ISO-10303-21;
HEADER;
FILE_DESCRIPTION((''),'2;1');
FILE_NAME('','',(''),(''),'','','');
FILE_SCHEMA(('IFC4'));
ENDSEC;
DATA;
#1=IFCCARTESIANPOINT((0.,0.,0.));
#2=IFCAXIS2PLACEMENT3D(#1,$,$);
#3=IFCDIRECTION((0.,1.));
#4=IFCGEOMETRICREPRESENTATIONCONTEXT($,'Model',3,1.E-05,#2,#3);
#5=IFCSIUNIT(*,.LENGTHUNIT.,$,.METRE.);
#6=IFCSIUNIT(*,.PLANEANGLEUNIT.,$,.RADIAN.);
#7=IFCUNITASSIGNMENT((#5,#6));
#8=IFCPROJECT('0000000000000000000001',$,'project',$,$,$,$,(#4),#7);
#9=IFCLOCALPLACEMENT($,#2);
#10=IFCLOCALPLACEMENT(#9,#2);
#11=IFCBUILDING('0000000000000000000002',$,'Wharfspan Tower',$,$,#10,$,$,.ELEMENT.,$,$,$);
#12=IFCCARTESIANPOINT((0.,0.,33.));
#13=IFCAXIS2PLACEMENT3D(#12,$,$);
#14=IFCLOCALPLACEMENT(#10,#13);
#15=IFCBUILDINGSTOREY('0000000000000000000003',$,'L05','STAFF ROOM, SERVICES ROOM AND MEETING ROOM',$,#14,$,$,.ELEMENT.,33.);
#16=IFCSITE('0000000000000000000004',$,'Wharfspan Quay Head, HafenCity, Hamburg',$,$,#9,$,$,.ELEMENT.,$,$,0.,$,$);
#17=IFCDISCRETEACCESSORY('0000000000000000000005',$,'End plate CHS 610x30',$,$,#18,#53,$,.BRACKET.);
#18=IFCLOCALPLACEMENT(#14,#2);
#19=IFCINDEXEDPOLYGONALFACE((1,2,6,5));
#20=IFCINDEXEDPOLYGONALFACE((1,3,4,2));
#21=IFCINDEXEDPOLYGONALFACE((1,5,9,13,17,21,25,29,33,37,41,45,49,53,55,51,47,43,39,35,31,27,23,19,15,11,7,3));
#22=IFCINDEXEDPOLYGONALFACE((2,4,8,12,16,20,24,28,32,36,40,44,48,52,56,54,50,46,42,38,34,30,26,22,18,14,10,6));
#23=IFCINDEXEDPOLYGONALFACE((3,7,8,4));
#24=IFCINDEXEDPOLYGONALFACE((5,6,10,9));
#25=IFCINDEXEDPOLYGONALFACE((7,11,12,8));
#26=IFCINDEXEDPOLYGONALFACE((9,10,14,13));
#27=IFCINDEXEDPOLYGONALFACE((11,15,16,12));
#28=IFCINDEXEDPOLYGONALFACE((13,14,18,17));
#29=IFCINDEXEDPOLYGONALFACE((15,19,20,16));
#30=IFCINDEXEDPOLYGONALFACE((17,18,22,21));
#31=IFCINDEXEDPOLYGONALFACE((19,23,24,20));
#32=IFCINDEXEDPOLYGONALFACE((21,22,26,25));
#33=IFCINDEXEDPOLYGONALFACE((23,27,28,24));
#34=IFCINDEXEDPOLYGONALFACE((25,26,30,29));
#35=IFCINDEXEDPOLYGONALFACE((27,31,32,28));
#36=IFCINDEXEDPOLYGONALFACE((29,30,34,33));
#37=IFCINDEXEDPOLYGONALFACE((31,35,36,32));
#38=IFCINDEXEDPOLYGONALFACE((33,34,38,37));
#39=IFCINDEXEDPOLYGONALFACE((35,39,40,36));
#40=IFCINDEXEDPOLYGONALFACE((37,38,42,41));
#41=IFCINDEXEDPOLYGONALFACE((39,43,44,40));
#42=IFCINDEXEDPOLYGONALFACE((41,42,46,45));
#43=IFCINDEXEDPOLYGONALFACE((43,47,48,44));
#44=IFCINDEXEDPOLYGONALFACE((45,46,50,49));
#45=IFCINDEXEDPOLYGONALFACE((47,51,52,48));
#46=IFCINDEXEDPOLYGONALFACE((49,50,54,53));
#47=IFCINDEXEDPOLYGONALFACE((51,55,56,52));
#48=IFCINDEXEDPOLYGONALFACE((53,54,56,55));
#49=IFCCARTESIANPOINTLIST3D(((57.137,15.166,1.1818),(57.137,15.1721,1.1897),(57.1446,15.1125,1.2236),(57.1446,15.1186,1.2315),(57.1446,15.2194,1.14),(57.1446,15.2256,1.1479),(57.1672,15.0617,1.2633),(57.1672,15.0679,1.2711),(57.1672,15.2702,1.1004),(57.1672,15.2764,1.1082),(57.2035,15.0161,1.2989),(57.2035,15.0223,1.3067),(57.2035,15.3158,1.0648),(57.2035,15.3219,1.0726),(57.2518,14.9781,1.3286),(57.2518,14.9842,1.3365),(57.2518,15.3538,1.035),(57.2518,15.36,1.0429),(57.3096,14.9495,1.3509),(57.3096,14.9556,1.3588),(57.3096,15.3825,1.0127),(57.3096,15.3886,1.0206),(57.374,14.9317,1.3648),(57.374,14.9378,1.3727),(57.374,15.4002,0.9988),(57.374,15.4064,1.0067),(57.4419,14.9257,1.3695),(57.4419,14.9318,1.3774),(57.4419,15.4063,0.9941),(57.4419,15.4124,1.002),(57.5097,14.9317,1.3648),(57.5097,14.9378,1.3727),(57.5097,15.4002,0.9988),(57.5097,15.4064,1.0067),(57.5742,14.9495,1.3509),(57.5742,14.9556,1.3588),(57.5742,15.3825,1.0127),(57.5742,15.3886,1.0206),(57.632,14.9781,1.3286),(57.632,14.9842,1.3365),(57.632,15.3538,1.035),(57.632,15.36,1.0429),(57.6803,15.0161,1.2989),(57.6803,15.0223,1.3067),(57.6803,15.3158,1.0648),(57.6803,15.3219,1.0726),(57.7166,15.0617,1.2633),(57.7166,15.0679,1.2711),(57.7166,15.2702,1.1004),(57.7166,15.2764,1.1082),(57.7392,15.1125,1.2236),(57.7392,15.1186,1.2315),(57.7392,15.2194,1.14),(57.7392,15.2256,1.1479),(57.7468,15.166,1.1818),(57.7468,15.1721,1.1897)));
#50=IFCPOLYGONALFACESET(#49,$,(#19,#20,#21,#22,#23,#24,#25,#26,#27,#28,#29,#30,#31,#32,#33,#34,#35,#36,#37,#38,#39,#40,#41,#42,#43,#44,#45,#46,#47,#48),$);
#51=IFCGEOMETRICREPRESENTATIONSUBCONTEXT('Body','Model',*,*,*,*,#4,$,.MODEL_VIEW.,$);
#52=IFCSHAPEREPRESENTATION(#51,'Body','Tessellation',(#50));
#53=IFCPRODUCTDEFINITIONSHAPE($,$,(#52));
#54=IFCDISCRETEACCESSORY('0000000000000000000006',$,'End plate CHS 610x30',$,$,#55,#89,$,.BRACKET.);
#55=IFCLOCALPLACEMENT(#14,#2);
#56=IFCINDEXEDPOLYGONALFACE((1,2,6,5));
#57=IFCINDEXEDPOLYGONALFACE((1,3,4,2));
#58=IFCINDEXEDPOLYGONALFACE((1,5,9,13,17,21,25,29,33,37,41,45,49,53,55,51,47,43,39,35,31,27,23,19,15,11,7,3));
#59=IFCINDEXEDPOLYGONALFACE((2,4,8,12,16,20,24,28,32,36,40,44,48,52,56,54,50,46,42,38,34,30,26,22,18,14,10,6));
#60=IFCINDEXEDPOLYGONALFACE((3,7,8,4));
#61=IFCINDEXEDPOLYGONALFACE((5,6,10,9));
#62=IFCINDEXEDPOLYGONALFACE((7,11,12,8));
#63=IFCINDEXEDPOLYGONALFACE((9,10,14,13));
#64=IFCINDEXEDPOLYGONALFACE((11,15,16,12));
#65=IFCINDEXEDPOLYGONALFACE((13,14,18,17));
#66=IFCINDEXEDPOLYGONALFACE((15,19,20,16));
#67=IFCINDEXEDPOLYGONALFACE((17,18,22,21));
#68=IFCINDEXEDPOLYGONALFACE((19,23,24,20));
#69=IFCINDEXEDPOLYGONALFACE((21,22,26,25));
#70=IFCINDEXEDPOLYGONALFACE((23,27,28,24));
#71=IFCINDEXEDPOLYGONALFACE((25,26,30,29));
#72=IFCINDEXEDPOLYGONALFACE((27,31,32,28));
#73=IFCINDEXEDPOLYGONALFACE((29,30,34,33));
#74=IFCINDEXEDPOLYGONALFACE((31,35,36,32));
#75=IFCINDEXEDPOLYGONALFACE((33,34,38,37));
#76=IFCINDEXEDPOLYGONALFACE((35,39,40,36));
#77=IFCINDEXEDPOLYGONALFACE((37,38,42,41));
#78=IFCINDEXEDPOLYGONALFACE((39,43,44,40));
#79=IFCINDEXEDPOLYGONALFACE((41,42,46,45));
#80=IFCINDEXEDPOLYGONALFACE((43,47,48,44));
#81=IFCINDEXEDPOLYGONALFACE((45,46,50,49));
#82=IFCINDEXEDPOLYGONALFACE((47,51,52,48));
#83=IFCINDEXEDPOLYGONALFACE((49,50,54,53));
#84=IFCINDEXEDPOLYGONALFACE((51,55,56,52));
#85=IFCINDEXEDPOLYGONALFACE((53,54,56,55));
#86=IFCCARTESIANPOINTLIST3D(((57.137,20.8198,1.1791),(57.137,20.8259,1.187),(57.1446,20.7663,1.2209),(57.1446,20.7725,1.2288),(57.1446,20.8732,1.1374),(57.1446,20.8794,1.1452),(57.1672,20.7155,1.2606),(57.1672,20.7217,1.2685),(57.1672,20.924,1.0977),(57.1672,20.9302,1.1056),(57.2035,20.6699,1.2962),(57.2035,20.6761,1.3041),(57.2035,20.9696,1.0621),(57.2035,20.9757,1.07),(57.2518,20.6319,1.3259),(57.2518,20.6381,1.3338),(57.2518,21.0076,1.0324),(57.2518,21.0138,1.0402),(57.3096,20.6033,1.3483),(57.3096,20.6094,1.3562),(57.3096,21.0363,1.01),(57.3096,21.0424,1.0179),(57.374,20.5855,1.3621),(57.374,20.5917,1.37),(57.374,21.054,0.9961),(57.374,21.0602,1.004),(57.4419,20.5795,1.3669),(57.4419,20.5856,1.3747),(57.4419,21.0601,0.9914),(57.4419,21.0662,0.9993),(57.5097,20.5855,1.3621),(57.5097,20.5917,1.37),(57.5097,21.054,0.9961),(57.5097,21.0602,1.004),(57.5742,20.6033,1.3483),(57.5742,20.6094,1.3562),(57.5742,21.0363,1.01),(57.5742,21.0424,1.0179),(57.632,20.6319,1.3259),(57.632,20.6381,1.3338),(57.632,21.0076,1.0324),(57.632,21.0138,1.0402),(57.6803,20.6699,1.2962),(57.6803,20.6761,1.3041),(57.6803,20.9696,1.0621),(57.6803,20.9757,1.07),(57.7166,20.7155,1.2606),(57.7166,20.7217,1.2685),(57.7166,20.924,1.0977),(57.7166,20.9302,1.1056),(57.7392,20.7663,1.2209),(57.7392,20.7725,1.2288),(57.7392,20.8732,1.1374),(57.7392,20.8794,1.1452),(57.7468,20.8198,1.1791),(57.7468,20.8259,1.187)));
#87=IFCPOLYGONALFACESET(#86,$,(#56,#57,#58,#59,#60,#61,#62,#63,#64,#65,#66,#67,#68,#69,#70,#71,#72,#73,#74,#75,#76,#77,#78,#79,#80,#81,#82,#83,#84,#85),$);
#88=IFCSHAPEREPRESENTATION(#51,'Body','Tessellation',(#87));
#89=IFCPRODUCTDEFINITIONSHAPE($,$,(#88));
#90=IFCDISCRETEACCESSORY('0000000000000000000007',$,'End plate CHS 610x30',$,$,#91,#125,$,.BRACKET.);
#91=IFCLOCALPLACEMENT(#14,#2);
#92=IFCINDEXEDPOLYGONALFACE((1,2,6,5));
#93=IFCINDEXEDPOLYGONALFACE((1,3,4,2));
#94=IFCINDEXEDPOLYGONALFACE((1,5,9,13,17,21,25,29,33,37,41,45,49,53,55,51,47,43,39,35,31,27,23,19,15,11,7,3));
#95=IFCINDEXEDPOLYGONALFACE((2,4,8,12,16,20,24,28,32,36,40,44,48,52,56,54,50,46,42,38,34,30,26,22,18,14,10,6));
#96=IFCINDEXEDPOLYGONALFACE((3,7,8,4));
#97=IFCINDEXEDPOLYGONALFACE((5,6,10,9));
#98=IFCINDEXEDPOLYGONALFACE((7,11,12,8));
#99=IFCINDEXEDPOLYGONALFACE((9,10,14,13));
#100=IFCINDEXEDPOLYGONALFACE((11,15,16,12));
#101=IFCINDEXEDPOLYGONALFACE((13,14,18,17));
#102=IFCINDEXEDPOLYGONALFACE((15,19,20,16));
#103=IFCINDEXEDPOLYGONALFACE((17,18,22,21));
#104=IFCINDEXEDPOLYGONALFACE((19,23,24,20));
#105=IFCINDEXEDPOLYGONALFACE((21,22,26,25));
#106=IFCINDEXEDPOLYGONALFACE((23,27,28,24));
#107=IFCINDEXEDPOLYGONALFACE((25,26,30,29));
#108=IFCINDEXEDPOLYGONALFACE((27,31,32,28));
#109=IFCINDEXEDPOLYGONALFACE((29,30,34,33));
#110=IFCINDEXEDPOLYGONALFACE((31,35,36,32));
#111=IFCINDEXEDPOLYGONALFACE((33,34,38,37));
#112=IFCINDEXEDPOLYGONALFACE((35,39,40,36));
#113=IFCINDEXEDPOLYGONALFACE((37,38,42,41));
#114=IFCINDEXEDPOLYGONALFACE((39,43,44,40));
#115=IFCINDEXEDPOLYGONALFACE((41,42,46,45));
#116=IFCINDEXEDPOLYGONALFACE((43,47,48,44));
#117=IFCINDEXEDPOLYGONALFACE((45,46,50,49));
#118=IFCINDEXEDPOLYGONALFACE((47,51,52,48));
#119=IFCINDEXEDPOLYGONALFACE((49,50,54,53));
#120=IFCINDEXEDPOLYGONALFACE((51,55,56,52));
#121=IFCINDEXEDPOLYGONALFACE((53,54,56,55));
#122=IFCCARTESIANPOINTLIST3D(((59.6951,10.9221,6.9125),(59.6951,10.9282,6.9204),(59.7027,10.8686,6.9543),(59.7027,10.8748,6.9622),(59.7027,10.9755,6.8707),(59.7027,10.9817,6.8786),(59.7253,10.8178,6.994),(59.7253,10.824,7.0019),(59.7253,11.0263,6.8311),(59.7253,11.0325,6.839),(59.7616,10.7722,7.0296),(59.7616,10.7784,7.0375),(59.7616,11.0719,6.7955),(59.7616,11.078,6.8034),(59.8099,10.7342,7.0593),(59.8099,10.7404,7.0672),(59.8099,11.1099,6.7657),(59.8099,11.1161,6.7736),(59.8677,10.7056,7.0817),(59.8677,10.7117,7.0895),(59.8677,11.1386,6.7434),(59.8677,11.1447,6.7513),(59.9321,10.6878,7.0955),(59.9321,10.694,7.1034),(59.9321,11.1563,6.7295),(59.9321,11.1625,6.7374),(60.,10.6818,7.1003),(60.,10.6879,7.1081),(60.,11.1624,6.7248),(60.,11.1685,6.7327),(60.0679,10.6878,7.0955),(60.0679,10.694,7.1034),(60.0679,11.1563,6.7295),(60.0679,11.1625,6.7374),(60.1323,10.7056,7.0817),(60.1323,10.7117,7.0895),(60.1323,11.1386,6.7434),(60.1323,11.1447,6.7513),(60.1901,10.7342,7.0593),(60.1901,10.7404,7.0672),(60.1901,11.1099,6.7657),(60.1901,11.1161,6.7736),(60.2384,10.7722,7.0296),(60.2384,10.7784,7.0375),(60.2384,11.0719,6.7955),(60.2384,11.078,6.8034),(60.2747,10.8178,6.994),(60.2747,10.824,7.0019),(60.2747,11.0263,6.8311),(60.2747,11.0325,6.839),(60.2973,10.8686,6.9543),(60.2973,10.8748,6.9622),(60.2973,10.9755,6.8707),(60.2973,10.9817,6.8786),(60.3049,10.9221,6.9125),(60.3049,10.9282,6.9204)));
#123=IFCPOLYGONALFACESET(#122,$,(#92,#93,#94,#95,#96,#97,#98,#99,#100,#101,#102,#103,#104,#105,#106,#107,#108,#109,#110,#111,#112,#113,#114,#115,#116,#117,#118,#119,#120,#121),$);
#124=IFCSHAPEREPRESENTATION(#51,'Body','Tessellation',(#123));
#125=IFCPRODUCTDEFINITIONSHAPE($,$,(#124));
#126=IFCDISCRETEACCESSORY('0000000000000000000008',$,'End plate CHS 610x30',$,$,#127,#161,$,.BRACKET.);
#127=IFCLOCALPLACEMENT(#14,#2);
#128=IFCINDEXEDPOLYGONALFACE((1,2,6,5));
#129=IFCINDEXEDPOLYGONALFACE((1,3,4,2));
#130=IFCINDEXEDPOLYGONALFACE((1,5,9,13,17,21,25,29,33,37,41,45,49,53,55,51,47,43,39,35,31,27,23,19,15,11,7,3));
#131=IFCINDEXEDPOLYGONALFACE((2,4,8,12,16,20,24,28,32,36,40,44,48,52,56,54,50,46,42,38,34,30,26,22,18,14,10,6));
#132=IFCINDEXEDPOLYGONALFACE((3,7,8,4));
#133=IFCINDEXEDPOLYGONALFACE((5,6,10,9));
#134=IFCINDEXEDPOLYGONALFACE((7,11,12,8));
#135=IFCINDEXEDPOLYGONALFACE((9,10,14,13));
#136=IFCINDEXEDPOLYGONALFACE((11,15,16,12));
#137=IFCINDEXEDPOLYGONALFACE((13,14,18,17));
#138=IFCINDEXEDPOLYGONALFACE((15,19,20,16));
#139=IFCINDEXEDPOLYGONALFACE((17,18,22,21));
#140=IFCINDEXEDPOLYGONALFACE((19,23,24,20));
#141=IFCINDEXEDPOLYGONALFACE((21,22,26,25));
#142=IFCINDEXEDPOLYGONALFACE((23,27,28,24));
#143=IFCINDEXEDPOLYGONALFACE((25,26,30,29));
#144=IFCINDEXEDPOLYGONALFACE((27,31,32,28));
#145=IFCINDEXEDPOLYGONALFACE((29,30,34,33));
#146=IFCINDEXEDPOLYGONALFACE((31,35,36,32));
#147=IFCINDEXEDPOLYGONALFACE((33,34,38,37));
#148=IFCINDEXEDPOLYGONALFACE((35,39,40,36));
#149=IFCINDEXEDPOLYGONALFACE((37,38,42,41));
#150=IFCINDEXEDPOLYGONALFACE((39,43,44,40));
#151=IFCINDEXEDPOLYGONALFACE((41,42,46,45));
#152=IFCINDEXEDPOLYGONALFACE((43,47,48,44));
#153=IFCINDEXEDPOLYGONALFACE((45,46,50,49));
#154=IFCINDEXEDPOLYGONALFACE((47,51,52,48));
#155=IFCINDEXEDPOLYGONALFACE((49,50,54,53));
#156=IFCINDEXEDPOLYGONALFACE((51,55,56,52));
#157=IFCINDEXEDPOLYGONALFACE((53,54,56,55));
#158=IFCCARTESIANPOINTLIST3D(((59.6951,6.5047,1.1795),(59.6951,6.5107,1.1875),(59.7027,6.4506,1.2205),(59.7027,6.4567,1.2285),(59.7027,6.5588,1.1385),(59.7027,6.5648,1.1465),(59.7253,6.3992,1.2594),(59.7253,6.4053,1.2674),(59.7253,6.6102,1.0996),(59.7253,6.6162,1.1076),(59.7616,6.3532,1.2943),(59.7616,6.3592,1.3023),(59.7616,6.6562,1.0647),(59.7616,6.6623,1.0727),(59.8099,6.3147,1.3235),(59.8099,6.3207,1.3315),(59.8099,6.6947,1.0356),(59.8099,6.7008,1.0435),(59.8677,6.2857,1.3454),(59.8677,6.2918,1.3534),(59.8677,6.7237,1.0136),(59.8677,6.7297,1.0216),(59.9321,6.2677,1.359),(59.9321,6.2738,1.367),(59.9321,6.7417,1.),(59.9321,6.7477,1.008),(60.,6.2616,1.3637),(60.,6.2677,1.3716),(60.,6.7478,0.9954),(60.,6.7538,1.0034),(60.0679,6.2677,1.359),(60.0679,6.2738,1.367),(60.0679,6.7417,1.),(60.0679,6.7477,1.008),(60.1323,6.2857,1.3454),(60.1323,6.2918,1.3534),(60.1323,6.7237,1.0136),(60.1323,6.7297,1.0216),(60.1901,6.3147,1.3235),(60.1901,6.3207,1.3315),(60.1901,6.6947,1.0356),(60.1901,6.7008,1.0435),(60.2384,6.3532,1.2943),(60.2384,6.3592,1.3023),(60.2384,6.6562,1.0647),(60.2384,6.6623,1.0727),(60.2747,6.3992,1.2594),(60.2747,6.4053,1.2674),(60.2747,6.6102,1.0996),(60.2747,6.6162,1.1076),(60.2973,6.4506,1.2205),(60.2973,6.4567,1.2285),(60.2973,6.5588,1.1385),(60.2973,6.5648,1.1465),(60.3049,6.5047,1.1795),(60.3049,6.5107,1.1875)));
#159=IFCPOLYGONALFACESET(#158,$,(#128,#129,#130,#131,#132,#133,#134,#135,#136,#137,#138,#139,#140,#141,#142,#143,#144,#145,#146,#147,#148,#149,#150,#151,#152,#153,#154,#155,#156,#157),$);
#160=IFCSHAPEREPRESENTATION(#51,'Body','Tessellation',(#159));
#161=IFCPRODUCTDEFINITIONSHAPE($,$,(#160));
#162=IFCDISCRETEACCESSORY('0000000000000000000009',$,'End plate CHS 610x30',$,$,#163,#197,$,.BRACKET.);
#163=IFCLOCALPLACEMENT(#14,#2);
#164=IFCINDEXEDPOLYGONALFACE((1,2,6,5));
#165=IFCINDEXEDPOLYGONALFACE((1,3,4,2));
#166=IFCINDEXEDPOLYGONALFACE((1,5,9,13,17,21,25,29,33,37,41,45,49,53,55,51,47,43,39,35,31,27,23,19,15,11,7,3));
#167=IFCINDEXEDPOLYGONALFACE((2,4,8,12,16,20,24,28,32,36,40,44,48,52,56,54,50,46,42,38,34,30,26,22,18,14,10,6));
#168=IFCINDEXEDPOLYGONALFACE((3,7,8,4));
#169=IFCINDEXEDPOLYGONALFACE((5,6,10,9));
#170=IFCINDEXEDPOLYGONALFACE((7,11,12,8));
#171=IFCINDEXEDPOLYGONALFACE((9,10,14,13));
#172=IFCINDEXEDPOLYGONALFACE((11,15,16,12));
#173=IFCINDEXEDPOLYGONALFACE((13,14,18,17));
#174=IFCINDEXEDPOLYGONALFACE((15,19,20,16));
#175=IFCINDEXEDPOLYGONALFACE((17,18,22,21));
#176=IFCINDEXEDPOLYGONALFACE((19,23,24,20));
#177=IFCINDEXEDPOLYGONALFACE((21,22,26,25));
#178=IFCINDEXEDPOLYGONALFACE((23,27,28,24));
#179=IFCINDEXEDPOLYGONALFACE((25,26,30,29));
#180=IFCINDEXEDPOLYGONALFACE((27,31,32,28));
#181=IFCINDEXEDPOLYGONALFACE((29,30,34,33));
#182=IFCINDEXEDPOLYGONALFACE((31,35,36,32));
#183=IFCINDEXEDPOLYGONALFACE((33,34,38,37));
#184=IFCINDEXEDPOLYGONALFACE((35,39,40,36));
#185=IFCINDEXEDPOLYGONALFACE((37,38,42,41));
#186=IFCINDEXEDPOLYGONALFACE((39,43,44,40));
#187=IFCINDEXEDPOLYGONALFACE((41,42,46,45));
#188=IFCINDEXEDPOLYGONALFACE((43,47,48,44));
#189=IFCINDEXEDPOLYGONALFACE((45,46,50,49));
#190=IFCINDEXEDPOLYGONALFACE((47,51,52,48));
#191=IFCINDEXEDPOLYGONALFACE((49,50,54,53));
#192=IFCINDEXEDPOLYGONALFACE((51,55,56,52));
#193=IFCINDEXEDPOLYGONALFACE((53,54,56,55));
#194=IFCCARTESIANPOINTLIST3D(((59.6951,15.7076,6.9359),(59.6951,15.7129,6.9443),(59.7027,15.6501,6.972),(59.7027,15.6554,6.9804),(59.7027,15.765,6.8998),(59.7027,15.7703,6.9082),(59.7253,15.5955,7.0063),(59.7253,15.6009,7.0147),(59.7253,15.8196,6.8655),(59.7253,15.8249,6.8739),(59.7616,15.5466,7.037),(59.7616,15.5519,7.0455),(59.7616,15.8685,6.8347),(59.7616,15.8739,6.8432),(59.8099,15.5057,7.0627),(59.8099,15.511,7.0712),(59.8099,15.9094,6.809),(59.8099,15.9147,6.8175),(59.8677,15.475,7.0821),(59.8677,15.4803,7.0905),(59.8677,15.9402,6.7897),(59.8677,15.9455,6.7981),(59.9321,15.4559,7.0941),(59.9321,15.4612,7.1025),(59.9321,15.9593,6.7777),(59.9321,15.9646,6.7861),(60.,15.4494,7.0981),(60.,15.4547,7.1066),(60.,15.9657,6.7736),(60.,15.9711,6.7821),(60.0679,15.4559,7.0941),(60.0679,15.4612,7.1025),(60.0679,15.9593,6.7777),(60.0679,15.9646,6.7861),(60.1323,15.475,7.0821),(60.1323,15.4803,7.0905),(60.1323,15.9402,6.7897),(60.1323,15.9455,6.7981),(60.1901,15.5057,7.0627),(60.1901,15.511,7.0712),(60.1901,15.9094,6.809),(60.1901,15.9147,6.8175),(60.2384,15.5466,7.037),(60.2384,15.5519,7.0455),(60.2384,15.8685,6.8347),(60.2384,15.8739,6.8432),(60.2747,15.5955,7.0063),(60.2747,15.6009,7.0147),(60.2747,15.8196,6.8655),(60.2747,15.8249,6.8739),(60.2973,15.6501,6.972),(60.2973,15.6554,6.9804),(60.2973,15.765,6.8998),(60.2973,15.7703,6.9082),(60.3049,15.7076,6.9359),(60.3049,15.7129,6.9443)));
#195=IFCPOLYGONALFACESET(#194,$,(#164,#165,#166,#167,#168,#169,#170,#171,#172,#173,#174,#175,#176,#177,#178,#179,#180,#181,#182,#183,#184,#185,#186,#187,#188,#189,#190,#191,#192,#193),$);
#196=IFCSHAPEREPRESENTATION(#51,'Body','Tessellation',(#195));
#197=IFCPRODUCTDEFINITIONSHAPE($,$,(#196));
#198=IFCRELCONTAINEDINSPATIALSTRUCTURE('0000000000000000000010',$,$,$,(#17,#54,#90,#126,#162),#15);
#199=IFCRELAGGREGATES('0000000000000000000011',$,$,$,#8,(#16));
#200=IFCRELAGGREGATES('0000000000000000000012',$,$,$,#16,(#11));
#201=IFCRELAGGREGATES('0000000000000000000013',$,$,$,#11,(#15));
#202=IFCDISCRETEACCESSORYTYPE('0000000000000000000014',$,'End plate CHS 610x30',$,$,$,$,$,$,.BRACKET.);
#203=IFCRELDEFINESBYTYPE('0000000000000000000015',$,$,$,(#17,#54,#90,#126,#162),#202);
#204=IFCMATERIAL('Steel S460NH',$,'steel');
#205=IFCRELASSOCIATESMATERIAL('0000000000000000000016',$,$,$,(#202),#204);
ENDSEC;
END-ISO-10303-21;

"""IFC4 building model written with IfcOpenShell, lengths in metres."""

from ifc_helpers import new_model, si_unit, direction, frame, origin, origin_2d, place, context, subcontext, project, spatial, circle, extrude, material, material_profile, profile_set, type_object, element, save


model = new_model("IFC4")

# Units and contexts
model_context = context("Model", 3, precision=1e-05, world=origin(), true_north=direction((0.0, 1.0)))
body_context = subcontext(model_context, "Body", "Model", "MODEL_VIEW")
ifc_project = project(units=[si_unit("LENGTHUNIT", "METRE"), si_unit("PLANEANGLEUNIT", "RADIAN")], contexts=[model_context])

# Site, building, storey
site_placement = place(None, origin())
site = spatial("IfcSite", under=ifc_project, at=site_placement, Name="Wharfspan Quay Head, HafenCity, Hamburg", CompositionType="ELEMENT", RefElevation=0.0)
building_placement = place(site_placement, origin())
building = spatial("IfcBuilding", under=site, at=building_placement, Name="Wharfspan Tower", CompositionType="ELEMENT")
storey_placement = place(building_placement, frame((0.0, 0.0, 33.0)))
storey = spatial("IfcBuildingStorey", under=building, at=storey_placement, Name="L05", Description="STAFF ROOM, SERVICES ROOM AND MEETING ROOM", CompositionType="ELEMENT", Elevation=33.0)

# Shared definitions
ifc_material_1 = material(Name="Steel S460NH", Category="steel")

# Discrete accessories
ifc_material_profile_1 = material_profile(ifc_material_1, circle(Radius=0.3049, at=origin_2d()))
ifc_profile_set_1 = profile_set([ifc_material_profile_1], Name="Steel S460NH")
discrete_accessory_type = type_object("IfcDiscreteAccessoryType", Name="End plate CHS 610x30", PredefinedType="BRACKET", material=ifc_profile_set_1)
for number, where, z_axis, x_axis, name in (
    (1, (57.4419, 15.1721, 1.1897), (0.0, -0.615644, -0.788024), (1.0, 0.0, 0.0), "End plate CHS 610x30"),
    (2, (57.4419, 20.8259, 1.187), (0.0, -0.615644, -0.788024), (1.0, 0.0, 0.0), "End plate CHS 610x30"),
    (3, (60.0, 10.9282, 6.9204), (0.0, -0.615644, -0.788024), (1.0, 0.0, 0.0), "End plate CHS 610x30"),
    (4, (60.0, 6.5107, 1.1875), (0.0, -0.603858, -0.797092), (1.0, 0.0, 0.0), "End plate CHS 610x30"),
    (5, (60.0, 15.7129, 6.9443), (0.0, -0.532172, -0.846637), (1.0, 0.0, 0.0), "End plate CHS 610x30"),
):
    element("IfcDiscreteAccessory", number, at=place(storey_placement, frame(where, z_axis=z_axis, x_axis=x_axis)), inside=storey, type_object=discrete_accessory_type, Name=name, PredefinedType="BRACKET", context=body_context, shape_type="SweptSolid", body=[
        extrude(circle(Radius=0.3049, at=origin_2d()), origin(), (0.0, 0.0, 1.0), 0.01),
    ])

save(model, "model.ifc")
